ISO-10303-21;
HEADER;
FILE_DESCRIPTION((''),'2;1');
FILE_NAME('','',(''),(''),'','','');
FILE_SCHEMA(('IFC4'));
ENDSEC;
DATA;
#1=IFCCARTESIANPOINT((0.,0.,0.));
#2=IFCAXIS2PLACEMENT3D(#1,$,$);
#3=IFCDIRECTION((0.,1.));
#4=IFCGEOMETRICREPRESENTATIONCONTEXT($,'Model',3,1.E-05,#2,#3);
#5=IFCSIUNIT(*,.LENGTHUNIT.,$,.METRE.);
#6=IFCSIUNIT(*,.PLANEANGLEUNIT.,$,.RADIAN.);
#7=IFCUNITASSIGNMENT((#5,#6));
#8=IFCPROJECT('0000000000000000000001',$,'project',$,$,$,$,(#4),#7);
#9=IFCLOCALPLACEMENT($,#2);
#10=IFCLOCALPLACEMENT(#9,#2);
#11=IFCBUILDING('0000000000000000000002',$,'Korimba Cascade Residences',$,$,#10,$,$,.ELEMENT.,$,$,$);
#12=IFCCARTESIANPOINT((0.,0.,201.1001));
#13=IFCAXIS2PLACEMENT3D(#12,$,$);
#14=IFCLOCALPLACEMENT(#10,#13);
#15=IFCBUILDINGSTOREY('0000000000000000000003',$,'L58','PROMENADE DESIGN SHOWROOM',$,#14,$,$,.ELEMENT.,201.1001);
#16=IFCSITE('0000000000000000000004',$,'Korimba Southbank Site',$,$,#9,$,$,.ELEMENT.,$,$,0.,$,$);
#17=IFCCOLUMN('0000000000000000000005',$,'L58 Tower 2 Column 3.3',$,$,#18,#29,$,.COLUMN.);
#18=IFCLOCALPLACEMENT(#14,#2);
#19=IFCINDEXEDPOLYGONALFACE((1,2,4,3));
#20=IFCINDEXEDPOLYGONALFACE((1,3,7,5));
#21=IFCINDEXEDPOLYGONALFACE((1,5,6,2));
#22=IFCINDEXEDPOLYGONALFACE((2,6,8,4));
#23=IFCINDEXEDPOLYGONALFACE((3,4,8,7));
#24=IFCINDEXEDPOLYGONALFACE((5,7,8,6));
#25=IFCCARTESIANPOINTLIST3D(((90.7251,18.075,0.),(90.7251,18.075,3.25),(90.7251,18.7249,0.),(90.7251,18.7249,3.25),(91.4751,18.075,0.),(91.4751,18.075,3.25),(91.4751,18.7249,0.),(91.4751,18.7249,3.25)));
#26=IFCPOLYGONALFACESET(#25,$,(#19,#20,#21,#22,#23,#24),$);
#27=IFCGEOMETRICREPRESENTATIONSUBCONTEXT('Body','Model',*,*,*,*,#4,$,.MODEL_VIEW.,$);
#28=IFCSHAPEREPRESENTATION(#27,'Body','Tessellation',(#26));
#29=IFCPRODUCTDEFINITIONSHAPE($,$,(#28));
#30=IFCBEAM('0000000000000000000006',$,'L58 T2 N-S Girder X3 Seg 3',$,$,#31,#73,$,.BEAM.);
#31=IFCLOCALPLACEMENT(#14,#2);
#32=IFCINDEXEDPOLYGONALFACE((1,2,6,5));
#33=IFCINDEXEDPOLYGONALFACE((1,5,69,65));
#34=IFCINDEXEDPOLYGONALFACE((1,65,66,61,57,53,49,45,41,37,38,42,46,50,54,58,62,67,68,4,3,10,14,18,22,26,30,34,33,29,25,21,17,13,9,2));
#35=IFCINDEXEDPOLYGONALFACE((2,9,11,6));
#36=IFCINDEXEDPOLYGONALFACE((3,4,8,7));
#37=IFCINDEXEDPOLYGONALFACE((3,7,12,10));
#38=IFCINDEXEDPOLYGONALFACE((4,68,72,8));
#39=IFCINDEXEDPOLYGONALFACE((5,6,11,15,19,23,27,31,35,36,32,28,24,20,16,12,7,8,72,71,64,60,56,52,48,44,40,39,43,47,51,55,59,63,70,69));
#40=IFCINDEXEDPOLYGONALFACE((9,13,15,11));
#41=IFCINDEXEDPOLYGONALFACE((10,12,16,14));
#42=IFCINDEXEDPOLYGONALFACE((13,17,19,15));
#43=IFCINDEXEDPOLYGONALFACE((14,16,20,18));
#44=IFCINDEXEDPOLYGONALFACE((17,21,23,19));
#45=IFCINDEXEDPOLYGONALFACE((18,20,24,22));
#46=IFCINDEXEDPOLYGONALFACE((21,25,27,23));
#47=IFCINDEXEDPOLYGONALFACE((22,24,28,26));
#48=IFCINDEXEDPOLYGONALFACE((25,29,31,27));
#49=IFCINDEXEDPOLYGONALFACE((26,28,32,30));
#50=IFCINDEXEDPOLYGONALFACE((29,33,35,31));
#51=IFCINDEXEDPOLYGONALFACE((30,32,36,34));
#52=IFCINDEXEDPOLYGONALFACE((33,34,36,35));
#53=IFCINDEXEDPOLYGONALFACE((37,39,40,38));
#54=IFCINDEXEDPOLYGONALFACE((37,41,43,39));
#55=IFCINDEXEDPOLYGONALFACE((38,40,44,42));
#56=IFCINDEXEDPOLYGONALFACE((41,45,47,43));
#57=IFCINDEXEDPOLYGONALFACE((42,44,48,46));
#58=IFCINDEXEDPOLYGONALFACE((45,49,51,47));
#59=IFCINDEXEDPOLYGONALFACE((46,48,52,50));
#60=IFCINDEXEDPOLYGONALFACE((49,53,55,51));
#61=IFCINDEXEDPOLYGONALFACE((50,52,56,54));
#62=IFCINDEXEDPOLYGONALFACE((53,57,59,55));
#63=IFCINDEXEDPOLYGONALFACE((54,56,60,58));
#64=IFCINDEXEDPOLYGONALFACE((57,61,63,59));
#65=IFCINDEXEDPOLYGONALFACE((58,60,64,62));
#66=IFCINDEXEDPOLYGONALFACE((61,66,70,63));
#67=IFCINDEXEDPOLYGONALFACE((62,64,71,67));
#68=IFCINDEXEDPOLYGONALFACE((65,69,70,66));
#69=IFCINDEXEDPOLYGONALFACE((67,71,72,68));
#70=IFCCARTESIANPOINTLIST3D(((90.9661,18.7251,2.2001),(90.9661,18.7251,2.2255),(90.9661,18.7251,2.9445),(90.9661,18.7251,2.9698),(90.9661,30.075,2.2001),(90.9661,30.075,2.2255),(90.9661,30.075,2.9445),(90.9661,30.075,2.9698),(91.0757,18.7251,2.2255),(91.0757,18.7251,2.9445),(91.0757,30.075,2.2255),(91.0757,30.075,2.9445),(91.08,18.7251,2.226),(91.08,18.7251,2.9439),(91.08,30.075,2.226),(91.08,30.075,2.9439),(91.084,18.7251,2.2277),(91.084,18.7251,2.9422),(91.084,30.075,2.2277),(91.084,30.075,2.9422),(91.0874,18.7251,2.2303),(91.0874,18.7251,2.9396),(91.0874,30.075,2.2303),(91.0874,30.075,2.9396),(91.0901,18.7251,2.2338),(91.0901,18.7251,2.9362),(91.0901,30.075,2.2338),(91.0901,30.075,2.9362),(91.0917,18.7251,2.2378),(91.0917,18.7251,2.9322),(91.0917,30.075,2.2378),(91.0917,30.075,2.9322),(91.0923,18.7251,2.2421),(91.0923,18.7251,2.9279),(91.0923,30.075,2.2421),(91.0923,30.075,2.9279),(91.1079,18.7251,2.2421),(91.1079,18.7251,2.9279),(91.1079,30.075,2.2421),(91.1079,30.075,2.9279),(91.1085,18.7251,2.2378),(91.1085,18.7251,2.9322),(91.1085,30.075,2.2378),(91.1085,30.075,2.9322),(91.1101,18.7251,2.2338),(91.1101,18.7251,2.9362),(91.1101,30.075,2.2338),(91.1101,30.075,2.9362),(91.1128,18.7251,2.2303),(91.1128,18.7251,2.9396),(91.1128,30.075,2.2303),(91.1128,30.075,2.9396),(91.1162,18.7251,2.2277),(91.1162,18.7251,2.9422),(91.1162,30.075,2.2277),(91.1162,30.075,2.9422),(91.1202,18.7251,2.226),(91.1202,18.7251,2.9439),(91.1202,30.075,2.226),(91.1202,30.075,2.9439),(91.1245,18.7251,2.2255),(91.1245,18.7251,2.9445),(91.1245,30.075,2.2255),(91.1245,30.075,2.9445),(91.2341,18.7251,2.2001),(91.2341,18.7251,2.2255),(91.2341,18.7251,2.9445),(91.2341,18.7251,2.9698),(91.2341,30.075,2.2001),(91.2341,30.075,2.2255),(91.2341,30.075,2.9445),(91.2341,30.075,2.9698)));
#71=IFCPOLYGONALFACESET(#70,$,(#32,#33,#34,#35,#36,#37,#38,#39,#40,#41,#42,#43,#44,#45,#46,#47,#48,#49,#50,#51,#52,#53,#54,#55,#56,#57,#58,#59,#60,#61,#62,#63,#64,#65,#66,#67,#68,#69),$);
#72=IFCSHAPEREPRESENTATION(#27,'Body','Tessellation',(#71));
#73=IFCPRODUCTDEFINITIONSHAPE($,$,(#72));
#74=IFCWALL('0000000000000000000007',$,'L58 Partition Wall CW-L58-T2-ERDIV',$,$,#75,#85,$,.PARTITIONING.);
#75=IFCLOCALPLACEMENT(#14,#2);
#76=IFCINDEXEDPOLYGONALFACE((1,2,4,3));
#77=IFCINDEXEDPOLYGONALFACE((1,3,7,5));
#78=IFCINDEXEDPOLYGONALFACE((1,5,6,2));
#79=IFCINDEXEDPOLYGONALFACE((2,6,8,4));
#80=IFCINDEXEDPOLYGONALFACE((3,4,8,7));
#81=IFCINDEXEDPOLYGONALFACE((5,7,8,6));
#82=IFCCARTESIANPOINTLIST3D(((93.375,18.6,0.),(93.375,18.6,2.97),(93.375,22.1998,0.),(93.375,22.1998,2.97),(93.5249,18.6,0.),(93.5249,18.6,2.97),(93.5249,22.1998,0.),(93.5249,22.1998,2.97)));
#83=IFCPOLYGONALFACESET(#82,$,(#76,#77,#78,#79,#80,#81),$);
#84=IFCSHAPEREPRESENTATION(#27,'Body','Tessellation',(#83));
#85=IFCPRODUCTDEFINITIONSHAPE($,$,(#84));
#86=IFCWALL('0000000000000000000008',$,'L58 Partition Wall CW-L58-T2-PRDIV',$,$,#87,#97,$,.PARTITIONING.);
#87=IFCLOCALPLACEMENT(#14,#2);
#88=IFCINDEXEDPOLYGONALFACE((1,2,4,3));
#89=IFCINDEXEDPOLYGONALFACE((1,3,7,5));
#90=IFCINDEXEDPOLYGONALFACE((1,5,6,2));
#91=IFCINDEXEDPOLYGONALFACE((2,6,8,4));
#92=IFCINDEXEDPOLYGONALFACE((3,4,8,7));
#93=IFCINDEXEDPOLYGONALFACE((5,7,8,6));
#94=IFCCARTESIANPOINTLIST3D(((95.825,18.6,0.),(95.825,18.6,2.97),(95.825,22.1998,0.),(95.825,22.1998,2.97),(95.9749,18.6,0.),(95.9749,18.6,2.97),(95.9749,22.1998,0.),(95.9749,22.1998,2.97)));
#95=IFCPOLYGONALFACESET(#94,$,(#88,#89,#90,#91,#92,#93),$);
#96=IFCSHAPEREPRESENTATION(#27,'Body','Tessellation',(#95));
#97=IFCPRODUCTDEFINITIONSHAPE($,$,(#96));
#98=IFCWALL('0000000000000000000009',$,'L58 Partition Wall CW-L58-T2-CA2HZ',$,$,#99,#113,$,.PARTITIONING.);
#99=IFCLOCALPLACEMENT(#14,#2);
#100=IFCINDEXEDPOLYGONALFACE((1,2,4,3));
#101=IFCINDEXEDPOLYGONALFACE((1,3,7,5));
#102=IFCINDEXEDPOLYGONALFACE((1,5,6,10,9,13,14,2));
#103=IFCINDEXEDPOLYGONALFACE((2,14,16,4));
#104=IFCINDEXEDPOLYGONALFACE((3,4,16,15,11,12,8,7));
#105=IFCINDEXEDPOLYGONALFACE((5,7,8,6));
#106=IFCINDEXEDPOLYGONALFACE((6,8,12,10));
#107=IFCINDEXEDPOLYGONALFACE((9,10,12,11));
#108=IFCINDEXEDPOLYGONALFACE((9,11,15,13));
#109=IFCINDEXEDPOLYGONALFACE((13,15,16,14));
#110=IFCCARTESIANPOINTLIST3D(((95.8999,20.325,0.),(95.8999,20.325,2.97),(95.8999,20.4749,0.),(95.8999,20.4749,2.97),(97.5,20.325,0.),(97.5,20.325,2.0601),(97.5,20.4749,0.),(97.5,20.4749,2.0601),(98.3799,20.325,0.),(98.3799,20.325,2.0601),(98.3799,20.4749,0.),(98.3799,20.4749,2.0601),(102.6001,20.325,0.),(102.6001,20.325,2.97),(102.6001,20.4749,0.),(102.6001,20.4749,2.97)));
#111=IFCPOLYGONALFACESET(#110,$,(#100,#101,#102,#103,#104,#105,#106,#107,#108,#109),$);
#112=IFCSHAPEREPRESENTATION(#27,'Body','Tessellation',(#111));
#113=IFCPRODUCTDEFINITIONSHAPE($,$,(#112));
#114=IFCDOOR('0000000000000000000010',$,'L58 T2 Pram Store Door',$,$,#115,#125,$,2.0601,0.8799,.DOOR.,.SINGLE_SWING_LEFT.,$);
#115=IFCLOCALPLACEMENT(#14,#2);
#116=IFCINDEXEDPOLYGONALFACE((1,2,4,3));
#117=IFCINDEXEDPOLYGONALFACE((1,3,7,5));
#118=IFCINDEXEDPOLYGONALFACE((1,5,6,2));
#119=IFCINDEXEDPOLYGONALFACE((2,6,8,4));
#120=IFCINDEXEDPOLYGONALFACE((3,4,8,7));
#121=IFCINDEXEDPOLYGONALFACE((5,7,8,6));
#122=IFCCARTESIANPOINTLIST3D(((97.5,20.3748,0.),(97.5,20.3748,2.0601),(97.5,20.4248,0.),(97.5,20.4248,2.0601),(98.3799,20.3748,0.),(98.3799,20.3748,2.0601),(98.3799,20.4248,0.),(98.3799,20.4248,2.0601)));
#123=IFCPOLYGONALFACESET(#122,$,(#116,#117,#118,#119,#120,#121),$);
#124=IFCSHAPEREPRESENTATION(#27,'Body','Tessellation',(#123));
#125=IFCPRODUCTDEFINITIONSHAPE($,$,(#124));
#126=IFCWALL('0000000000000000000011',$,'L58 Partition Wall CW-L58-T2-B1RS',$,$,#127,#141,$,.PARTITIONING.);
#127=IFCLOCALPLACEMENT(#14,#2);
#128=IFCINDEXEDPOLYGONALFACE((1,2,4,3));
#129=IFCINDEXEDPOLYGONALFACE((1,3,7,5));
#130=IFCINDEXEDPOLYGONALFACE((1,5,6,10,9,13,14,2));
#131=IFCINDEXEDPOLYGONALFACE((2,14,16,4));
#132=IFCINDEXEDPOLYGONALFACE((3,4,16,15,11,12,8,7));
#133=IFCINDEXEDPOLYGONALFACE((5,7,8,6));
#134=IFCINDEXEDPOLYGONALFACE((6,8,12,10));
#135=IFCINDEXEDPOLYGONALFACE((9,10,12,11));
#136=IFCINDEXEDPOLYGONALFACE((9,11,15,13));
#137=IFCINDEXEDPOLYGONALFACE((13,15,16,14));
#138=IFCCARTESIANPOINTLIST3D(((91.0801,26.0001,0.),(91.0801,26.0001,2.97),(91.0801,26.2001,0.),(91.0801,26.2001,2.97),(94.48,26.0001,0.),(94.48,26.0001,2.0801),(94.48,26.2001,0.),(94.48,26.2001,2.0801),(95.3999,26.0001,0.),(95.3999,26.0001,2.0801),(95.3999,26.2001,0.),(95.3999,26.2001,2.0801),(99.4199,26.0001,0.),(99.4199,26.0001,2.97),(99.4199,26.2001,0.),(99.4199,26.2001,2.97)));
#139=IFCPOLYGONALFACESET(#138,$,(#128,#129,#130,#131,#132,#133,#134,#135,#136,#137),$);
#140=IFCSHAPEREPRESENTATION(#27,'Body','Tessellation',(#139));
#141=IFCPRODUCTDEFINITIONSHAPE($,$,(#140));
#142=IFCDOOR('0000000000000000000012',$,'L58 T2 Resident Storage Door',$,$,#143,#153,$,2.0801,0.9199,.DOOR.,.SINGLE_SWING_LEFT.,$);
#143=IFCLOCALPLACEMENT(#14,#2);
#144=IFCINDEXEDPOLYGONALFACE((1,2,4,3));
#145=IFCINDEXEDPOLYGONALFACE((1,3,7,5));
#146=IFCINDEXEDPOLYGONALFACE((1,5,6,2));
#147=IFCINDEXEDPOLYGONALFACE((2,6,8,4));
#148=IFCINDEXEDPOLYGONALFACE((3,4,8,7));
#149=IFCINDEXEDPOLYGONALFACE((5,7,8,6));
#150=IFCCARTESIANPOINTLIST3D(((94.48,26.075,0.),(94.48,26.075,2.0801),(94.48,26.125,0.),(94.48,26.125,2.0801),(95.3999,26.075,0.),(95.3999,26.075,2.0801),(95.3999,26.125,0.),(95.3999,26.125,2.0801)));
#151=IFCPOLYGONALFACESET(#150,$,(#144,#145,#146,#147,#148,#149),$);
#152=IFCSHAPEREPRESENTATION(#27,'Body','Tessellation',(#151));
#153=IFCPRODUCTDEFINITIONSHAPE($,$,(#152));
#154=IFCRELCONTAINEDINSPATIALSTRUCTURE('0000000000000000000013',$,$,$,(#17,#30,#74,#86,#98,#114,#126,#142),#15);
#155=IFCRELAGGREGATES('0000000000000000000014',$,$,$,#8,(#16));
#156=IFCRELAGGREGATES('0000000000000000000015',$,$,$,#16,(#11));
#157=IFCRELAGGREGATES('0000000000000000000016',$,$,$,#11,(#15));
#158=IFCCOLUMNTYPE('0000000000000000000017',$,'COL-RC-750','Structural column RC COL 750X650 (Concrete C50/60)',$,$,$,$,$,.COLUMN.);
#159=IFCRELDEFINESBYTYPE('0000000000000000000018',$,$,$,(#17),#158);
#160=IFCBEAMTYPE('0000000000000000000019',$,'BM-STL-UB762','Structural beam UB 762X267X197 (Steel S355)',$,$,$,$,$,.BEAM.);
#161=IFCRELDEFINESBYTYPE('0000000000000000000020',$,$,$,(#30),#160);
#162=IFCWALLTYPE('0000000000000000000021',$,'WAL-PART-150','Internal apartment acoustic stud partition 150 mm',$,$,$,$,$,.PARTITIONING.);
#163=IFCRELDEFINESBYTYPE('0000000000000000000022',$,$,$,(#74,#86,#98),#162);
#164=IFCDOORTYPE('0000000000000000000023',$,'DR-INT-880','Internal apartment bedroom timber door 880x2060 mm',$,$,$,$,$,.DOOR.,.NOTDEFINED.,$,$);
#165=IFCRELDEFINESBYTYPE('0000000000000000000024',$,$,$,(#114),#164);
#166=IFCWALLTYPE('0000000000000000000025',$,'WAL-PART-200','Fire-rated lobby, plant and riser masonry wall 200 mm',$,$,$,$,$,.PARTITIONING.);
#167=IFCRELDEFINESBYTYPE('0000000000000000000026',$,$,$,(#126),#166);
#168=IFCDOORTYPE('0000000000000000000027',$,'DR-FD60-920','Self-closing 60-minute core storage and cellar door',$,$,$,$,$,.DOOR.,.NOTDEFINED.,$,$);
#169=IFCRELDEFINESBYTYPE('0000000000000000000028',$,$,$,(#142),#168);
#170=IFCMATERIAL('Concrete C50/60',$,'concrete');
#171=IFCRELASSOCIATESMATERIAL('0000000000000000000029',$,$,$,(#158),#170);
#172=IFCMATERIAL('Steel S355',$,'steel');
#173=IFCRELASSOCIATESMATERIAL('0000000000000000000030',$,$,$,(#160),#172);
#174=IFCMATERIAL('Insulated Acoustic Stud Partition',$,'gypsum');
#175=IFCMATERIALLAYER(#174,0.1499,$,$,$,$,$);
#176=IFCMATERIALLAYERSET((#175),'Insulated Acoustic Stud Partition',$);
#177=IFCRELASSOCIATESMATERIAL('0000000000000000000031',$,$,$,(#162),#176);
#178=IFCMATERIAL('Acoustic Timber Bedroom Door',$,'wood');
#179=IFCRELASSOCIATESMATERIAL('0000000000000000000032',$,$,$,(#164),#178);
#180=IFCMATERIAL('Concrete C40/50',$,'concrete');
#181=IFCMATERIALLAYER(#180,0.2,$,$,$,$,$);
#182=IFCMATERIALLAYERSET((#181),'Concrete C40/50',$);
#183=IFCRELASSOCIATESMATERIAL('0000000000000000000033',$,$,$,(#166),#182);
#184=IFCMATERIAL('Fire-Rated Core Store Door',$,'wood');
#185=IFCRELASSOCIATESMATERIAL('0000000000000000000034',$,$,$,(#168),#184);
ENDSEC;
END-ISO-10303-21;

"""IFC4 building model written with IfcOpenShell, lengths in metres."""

from ifc_helpers import new_model, si_unit, direction, frame, frame_2d, origin, origin_2d, place, context, subcontext, project, spatial, rectangle, i_section, extrude, material, layer, layer_set, material_profile, profile_set, type_object, element, fill, save


model = new_model("IFC4")

# Units and contexts
model_context = context("Model", 3, precision=1e-05, world=origin(), true_north=direction((0.0, 1.0)))
body_context = subcontext(model_context, "Body", "Model", "MODEL_VIEW")
ifc_project = project(units=[si_unit("LENGTHUNIT", "METRE"), si_unit("PLANEANGLEUNIT", "RADIAN")], contexts=[model_context])

# Site, building, storey
site_placement = place(None, origin())
site = spatial("IfcSite", under=ifc_project, at=site_placement, Name="Korimba Southbank Site", CompositionType="ELEMENT", RefElevation=0.0)
building_placement = place(site_placement, origin())
building = spatial("IfcBuilding", under=site, at=building_placement, Name="Korimba Cascade Residences", CompositionType="ELEMENT")
storey_placement = place(building_placement, frame((0.0, 0.0, 201.1001)))
storey = spatial("IfcBuildingStorey", under=building, at=storey_placement, Name="L58", Description="PROMENADE DESIGN SHOWROOM", CompositionType="ELEMENT", Elevation=201.1001)

# Column
ifc_material_1 = material(Name="Concrete C50/60", Category="concrete")
ifc_material_profile_1 = material_profile(ifc_material_1, rectangle(XDim=0.75, YDim=0.6499, at=origin_2d()), Name="Concrete C50/60")
ifc_profile_set_1 = profile_set([ifc_material_profile_1], Name="Concrete C50/60")
column_type = type_object("IfcColumnType", Name="COL-RC-750", Description="Structural column RC COL 750X650 (Concrete C50/60)", PredefinedType="COLUMN", material=ifc_profile_set_1)
column_placement = place(storey_placement, frame((91.1001, 18.3999, 0.0), z_axis=(0.0, 0.0, 1.0), x_axis=(1.0, 0.0, 0.0)))
element("IfcColumn", 1, at=column_placement, inside=storey, type_object=column_type, Name="L58 Tower 2 Column 3.3", PredefinedType="COLUMN", context=body_context, shape_type="SweptSolid", body=[
    extrude(rectangle(XDim=0.75, YDim=0.6499, at=origin_2d()), origin(), (0.0, 0.0, 1.0), 3.25),
])

# Beam
ifc_material_2 = material(Name="Steel S355", Category="steel")
ifc_material_profile_2 = material_profile(ifc_material_2, i_section(OverallWidth=0.2681, OverallDepth=0.7698, WebThickness=0.0156, FlangeThickness=0.0254, FilletRadius=0.0166, at=origin_2d()), Name="Steel S355")
ifc_profile_set_2 = profile_set([ifc_material_profile_2], Name="Steel S355")
beam_type = type_object("IfcBeamType", Name="BM-STL-UB762", Description="Structural beam UB 762X267X197 (Steel S355)", PredefinedType="BEAM", material=ifc_profile_set_2)
beam_placement = place(storey_placement, frame((91.1001, 18.7251, 2.585), z_axis=(0.0, 1.0, 0.0), x_axis=(-1.0, 0.0, 0.0)))
element("IfcBeam", 2, at=beam_placement, inside=storey, type_object=beam_type, Name="L58 T2 N-S Girder X3 Seg 3", PredefinedType="BEAM", context=body_context, shape_type="SweptSolid", body=[
    extrude(i_section(OverallWidth=0.2681, OverallDepth=0.7698, WebThickness=0.0156, FlangeThickness=0.0254, FilletRadius=0.0166, at=origin_2d()), origin(), (0.0, 0.0, 1.0), 11.3499),
])

# Walls
ifc_material_3 = material(Name="Insulated Acoustic Stud Partition", Category="gypsum")
ifc_layer_1 = layer(ifc_material_3, 0.1499)
ifc_layer_set_1 = layer_set([ifc_layer_1], Name="Insulated Acoustic Stud Partition")
wall_type_1 = type_object("IfcWallType", Name="WAL-PART-150", Description="Internal apartment acoustic stud partition 150 mm", PredefinedType="PARTITIONING", material=ifc_layer_set_1)
for number, where, z_axis, x_axis, name in (
    (3, (93.45, 18.6001, 0.0), (0.0, 0.0, 1.0), (0.0, 1.0, 0.0), "L58 Partition Wall CW-L58-T2-ERDIV"),
    (4, (95.8999, 18.6001, 0.0), (0.0, 0.0, 1.0), (0.0, 1.0, 0.0), "L58 Partition Wall CW-L58-T2-PRDIV"),
):
    element("IfcWall", number, at=place(storey_placement, frame(where, z_axis=z_axis, x_axis=x_axis)), inside=storey, type_object=wall_type_1, Name=name, PredefinedType="PARTITIONING", context=body_context, shape_type="SweptSolid", body=[
        extrude(rectangle(XDim=3.5999, YDim=0.1499, at=frame_2d((1.7998, 0.0))), origin(), (0.0, 0.0, 1.0), 2.97),
    ])

# Walls, openings, doors
wall_1_placement = place(storey_placement, frame((95.8999, 20.3999, 0.0), z_axis=(0.0, 0.0, 1.0), x_axis=(1.0, 0.0, 0.0)))
wall_1 = element("IfcWall", 5, at=wall_1_placement, inside=storey, type_object=wall_type_1, Name="L58 Partition Wall CW-L58-T2-CA2HZ", PredefinedType="PARTITIONING", context=body_context, shape_type="SweptSolid", body=[
    extrude(rectangle(XDim=6.7002, YDim=0.1499, at=frame_2d((3.3501, 0.0))), origin(), (0.0, 0.0, 1.0), 2.97),
])
opening_1_placement = place(wall_1_placement, frame((1.6001, 0.0, 0.0)))
opening_1 = element("IfcOpeningElement", 6, at=opening_1_placement, cuts=wall_1, PredefinedType="OPENING", context=body_context, shape_type="SweptSolid", body=[
    extrude(rectangle(XDim=0.8799, YDim=2.0601, at=frame_2d((0.4399, 1.03))), frame((0.0, 0.085, 0.0), z_axis=(0.0, -1.0, 0.0), x_axis=(1.0, 0.0, 0.0)), (0.0, 0.0, 1.0), 0.1699),
])
ifc_material_4 = material(Name="Acoustic Timber Bedroom Door", Category="wood")
door_type_1 = type_object("IfcDoorType", Name="DR-INT-880", Description="Internal apartment bedroom timber door 880x2060 mm", OperationType="NOTDEFINED", PredefinedType="DOOR", material=ifc_material_4)
door_1_placement = place(opening_1_placement, origin())
door_1 = element("IfcDoor", 7, at=door_1_placement, inside=storey, type_object=door_type_1, Name="L58 T2 Pram Store Door", OperationType="SINGLE_SWING_LEFT", OverallHeight=2.0601, OverallWidth=0.8799, PredefinedType="DOOR", context=body_context, shape_type="SweptSolid", body=[
    extrude(rectangle(XDim=0.8799, YDim=2.0601, at=frame_2d((0.4399, 1.03))), frame((0.0, 0.0249, 0.0), z_axis=(0.0, -1.0, 0.0), x_axis=(1.0, 0.0, 0.0)), (0.0, 0.0, 1.0), 0.05),
])
fill(opening_1, door_1)
ifc_material_5 = material(Name="Concrete C40/50", Category="concrete")
ifc_layer_2 = layer(ifc_material_5, 0.2)
ifc_layer_set_2 = layer_set([ifc_layer_2], Name="Concrete C40/50")
wall_type_2 = type_object("IfcWallType", Name="WAL-PART-200", Description="Fire-rated lobby, plant and riser masonry wall 200 mm", PredefinedType="PARTITIONING", material=ifc_layer_set_2)
wall_2_placement = place(storey_placement, frame((91.0801, 26.1001, 0.0), z_axis=(0.0, 0.0, 1.0), x_axis=(1.0, 0.0, 0.0)))
wall_2 = element("IfcWall", 8, at=wall_2_placement, inside=storey, type_object=wall_type_2, Name="L58 Partition Wall CW-L58-T2-B1RS", PredefinedType="PARTITIONING", context=body_context, shape_type="SweptSolid", body=[
    extrude(rectangle(XDim=8.3398, YDim=0.2, at=frame_2d((4.1699, 0.0))), origin(), (0.0, 0.0, 1.0), 2.97),
])
opening_2_placement = place(wall_2_placement, frame((3.3999, 0.0, 0.0)))
opening_2 = element("IfcOpeningElement", 9, at=opening_2_placement, cuts=wall_2, PredefinedType="OPENING", context=body_context, shape_type="SweptSolid", body=[
    extrude(rectangle(XDim=0.9199, YDim=2.0801, at=frame_2d((0.46, 1.04))), frame((0.0, 0.1099, 0.0), z_axis=(0.0, -1.0, 0.0), x_axis=(1.0, 0.0, 0.0)), (0.0, 0.0, 1.0), 0.22),
])
ifc_material_6 = material(Name="Fire-Rated Core Store Door", Category="wood")
door_type_2 = type_object("IfcDoorType", Name="DR-FD60-920", Description="Self-closing 60-minute core storage and cellar door", OperationType="NOTDEFINED", PredefinedType="DOOR", material=ifc_material_6)
door_2_placement = place(opening_2_placement, origin())
door_2 = element("IfcDoor", 10, at=door_2_placement, inside=storey, type_object=door_type_2, Name="L58 T2 Resident Storage Door", OperationType="SINGLE_SWING_LEFT", OverallHeight=2.0801, OverallWidth=0.9199, PredefinedType="DOOR", context=body_context, shape_type="SweptSolid", body=[
    extrude(rectangle(XDim=0.9199, YDim=2.0801, at=frame_2d((0.46, 1.04))), frame((0.0, 0.0249, 0.0), z_axis=(0.0, -1.0, 0.0), x_axis=(1.0, 0.0, 0.0)), (0.0, 0.0, 1.0), 0.05),
])
fill(opening_2, door_2)

save(model, "model.ifc")
